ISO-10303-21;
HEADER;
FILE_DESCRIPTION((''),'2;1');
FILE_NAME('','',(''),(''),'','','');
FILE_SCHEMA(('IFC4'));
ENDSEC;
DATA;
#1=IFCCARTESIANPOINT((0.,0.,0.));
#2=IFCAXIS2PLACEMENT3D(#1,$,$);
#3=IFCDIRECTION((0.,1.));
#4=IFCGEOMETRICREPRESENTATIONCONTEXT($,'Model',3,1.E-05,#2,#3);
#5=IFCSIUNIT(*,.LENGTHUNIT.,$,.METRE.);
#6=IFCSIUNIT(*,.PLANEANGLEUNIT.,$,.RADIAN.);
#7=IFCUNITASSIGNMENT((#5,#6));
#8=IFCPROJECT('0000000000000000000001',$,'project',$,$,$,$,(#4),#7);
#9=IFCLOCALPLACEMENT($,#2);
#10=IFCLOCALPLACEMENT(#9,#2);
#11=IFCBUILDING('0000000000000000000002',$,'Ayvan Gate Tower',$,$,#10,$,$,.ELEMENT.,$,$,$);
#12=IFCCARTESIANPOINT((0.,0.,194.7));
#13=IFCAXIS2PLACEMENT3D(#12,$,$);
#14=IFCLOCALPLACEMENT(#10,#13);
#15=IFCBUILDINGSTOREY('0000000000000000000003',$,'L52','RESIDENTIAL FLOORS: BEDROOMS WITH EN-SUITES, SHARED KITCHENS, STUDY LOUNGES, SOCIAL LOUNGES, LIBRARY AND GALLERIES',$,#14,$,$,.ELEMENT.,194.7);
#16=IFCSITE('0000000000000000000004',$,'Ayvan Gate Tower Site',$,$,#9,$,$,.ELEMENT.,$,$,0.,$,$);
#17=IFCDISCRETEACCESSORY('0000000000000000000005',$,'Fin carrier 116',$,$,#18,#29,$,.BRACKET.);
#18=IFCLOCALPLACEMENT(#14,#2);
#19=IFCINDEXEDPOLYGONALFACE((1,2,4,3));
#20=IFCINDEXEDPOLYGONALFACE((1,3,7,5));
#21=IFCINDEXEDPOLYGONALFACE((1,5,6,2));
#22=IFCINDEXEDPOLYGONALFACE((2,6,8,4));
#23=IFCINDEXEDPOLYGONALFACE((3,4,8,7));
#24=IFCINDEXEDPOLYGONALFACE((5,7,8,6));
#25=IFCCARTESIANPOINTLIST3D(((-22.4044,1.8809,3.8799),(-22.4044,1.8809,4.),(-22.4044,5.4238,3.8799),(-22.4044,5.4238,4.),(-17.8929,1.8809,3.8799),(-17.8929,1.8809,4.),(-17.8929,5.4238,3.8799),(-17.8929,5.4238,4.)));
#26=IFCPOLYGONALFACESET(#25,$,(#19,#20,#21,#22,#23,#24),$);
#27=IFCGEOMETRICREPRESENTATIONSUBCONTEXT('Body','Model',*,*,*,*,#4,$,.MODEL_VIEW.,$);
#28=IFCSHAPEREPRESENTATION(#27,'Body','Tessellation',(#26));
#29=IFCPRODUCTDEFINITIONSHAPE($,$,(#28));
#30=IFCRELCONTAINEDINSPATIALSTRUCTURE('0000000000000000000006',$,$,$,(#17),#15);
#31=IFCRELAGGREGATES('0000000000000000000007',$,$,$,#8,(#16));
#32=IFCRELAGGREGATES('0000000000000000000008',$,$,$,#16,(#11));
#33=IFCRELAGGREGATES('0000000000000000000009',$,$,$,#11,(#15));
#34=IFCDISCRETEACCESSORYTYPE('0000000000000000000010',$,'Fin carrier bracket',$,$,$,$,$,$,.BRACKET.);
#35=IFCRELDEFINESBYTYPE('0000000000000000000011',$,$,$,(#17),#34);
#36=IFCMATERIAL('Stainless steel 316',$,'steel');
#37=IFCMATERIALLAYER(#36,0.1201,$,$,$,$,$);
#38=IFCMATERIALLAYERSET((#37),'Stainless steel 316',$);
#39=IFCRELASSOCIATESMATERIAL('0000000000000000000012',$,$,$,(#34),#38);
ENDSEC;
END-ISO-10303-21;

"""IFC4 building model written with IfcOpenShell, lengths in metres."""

from ifc_helpers import new_model, si_unit, direction, frame, origin, origin_2d, place, context, subcontext, project, spatial, rectangle, extrude, material, layer, layer_set, type_object, element, save


model = new_model("IFC4")

# Units and contexts
model_context = context("Model", 3, precision=1e-05, world=origin(), true_north=direction((0.0, 1.0)))
body_context = subcontext(model_context, "Body", "Model", "MODEL_VIEW")
ifc_project = project(units=[si_unit("LENGTHUNIT", "METRE"), si_unit("PLANEANGLEUNIT", "RADIAN")], contexts=[model_context])

# Site, building, storey
site_placement = place(None, origin())
site = spatial("IfcSite", under=ifc_project, at=site_placement, Name="Ayvan Gate Tower Site", CompositionType="ELEMENT", RefElevation=0.0)
building_placement = place(site_placement, origin())
building = spatial("IfcBuilding", under=site, at=building_placement, Name="Ayvan Gate Tower", CompositionType="ELEMENT")
storey_placement = place(building_placement, frame((0.0, 0.0, 194.7)))
storey = spatial("IfcBuildingStorey", under=building, at=storey_placement, Name="L52", Description="RESIDENTIAL FLOORS: BEDROOMS WITH EN-SUITES, SHARED KITCHENS, STUDY LOUNGES, SOCIAL LOUNGES, LIBRARY AND GALLERIES", CompositionType="ELEMENT", Elevation=194.7)

# Discrete accessory
ifc_material_1 = material(Name="Stainless steel 316", Category="steel")
ifc_layer_1 = layer(ifc_material_1, 0.1201)
ifc_layer_set_1 = layer_set([ifc_layer_1], Name="Stainless steel 316")
discrete_accessory_type = type_object("IfcDiscreteAccessoryType", Name="Fin carrier bracket", PredefinedType="BRACKET", material=ifc_layer_set_1)
discrete_accessory_1_placement = place(storey_placement, frame((-20.1487, 3.6523, 3.8799), z_axis=(0.0, 0.0, 1.0), x_axis=(0.0, -1.0, 0.0)))
element("IfcDiscreteAccessory", 1, at=discrete_accessory_1_placement, inside=storey, type_object=discrete_accessory_type, Name="Fin carrier 116", PredefinedType="BRACKET", context=body_context, shape_type="SweptSolid", body=[
    extrude(rectangle(XDim=3.543, YDim=4.5115, at=origin_2d()), origin(), (0.0, 0.0, 1.0), 0.1201),
])

save(model, "model.ifc")
